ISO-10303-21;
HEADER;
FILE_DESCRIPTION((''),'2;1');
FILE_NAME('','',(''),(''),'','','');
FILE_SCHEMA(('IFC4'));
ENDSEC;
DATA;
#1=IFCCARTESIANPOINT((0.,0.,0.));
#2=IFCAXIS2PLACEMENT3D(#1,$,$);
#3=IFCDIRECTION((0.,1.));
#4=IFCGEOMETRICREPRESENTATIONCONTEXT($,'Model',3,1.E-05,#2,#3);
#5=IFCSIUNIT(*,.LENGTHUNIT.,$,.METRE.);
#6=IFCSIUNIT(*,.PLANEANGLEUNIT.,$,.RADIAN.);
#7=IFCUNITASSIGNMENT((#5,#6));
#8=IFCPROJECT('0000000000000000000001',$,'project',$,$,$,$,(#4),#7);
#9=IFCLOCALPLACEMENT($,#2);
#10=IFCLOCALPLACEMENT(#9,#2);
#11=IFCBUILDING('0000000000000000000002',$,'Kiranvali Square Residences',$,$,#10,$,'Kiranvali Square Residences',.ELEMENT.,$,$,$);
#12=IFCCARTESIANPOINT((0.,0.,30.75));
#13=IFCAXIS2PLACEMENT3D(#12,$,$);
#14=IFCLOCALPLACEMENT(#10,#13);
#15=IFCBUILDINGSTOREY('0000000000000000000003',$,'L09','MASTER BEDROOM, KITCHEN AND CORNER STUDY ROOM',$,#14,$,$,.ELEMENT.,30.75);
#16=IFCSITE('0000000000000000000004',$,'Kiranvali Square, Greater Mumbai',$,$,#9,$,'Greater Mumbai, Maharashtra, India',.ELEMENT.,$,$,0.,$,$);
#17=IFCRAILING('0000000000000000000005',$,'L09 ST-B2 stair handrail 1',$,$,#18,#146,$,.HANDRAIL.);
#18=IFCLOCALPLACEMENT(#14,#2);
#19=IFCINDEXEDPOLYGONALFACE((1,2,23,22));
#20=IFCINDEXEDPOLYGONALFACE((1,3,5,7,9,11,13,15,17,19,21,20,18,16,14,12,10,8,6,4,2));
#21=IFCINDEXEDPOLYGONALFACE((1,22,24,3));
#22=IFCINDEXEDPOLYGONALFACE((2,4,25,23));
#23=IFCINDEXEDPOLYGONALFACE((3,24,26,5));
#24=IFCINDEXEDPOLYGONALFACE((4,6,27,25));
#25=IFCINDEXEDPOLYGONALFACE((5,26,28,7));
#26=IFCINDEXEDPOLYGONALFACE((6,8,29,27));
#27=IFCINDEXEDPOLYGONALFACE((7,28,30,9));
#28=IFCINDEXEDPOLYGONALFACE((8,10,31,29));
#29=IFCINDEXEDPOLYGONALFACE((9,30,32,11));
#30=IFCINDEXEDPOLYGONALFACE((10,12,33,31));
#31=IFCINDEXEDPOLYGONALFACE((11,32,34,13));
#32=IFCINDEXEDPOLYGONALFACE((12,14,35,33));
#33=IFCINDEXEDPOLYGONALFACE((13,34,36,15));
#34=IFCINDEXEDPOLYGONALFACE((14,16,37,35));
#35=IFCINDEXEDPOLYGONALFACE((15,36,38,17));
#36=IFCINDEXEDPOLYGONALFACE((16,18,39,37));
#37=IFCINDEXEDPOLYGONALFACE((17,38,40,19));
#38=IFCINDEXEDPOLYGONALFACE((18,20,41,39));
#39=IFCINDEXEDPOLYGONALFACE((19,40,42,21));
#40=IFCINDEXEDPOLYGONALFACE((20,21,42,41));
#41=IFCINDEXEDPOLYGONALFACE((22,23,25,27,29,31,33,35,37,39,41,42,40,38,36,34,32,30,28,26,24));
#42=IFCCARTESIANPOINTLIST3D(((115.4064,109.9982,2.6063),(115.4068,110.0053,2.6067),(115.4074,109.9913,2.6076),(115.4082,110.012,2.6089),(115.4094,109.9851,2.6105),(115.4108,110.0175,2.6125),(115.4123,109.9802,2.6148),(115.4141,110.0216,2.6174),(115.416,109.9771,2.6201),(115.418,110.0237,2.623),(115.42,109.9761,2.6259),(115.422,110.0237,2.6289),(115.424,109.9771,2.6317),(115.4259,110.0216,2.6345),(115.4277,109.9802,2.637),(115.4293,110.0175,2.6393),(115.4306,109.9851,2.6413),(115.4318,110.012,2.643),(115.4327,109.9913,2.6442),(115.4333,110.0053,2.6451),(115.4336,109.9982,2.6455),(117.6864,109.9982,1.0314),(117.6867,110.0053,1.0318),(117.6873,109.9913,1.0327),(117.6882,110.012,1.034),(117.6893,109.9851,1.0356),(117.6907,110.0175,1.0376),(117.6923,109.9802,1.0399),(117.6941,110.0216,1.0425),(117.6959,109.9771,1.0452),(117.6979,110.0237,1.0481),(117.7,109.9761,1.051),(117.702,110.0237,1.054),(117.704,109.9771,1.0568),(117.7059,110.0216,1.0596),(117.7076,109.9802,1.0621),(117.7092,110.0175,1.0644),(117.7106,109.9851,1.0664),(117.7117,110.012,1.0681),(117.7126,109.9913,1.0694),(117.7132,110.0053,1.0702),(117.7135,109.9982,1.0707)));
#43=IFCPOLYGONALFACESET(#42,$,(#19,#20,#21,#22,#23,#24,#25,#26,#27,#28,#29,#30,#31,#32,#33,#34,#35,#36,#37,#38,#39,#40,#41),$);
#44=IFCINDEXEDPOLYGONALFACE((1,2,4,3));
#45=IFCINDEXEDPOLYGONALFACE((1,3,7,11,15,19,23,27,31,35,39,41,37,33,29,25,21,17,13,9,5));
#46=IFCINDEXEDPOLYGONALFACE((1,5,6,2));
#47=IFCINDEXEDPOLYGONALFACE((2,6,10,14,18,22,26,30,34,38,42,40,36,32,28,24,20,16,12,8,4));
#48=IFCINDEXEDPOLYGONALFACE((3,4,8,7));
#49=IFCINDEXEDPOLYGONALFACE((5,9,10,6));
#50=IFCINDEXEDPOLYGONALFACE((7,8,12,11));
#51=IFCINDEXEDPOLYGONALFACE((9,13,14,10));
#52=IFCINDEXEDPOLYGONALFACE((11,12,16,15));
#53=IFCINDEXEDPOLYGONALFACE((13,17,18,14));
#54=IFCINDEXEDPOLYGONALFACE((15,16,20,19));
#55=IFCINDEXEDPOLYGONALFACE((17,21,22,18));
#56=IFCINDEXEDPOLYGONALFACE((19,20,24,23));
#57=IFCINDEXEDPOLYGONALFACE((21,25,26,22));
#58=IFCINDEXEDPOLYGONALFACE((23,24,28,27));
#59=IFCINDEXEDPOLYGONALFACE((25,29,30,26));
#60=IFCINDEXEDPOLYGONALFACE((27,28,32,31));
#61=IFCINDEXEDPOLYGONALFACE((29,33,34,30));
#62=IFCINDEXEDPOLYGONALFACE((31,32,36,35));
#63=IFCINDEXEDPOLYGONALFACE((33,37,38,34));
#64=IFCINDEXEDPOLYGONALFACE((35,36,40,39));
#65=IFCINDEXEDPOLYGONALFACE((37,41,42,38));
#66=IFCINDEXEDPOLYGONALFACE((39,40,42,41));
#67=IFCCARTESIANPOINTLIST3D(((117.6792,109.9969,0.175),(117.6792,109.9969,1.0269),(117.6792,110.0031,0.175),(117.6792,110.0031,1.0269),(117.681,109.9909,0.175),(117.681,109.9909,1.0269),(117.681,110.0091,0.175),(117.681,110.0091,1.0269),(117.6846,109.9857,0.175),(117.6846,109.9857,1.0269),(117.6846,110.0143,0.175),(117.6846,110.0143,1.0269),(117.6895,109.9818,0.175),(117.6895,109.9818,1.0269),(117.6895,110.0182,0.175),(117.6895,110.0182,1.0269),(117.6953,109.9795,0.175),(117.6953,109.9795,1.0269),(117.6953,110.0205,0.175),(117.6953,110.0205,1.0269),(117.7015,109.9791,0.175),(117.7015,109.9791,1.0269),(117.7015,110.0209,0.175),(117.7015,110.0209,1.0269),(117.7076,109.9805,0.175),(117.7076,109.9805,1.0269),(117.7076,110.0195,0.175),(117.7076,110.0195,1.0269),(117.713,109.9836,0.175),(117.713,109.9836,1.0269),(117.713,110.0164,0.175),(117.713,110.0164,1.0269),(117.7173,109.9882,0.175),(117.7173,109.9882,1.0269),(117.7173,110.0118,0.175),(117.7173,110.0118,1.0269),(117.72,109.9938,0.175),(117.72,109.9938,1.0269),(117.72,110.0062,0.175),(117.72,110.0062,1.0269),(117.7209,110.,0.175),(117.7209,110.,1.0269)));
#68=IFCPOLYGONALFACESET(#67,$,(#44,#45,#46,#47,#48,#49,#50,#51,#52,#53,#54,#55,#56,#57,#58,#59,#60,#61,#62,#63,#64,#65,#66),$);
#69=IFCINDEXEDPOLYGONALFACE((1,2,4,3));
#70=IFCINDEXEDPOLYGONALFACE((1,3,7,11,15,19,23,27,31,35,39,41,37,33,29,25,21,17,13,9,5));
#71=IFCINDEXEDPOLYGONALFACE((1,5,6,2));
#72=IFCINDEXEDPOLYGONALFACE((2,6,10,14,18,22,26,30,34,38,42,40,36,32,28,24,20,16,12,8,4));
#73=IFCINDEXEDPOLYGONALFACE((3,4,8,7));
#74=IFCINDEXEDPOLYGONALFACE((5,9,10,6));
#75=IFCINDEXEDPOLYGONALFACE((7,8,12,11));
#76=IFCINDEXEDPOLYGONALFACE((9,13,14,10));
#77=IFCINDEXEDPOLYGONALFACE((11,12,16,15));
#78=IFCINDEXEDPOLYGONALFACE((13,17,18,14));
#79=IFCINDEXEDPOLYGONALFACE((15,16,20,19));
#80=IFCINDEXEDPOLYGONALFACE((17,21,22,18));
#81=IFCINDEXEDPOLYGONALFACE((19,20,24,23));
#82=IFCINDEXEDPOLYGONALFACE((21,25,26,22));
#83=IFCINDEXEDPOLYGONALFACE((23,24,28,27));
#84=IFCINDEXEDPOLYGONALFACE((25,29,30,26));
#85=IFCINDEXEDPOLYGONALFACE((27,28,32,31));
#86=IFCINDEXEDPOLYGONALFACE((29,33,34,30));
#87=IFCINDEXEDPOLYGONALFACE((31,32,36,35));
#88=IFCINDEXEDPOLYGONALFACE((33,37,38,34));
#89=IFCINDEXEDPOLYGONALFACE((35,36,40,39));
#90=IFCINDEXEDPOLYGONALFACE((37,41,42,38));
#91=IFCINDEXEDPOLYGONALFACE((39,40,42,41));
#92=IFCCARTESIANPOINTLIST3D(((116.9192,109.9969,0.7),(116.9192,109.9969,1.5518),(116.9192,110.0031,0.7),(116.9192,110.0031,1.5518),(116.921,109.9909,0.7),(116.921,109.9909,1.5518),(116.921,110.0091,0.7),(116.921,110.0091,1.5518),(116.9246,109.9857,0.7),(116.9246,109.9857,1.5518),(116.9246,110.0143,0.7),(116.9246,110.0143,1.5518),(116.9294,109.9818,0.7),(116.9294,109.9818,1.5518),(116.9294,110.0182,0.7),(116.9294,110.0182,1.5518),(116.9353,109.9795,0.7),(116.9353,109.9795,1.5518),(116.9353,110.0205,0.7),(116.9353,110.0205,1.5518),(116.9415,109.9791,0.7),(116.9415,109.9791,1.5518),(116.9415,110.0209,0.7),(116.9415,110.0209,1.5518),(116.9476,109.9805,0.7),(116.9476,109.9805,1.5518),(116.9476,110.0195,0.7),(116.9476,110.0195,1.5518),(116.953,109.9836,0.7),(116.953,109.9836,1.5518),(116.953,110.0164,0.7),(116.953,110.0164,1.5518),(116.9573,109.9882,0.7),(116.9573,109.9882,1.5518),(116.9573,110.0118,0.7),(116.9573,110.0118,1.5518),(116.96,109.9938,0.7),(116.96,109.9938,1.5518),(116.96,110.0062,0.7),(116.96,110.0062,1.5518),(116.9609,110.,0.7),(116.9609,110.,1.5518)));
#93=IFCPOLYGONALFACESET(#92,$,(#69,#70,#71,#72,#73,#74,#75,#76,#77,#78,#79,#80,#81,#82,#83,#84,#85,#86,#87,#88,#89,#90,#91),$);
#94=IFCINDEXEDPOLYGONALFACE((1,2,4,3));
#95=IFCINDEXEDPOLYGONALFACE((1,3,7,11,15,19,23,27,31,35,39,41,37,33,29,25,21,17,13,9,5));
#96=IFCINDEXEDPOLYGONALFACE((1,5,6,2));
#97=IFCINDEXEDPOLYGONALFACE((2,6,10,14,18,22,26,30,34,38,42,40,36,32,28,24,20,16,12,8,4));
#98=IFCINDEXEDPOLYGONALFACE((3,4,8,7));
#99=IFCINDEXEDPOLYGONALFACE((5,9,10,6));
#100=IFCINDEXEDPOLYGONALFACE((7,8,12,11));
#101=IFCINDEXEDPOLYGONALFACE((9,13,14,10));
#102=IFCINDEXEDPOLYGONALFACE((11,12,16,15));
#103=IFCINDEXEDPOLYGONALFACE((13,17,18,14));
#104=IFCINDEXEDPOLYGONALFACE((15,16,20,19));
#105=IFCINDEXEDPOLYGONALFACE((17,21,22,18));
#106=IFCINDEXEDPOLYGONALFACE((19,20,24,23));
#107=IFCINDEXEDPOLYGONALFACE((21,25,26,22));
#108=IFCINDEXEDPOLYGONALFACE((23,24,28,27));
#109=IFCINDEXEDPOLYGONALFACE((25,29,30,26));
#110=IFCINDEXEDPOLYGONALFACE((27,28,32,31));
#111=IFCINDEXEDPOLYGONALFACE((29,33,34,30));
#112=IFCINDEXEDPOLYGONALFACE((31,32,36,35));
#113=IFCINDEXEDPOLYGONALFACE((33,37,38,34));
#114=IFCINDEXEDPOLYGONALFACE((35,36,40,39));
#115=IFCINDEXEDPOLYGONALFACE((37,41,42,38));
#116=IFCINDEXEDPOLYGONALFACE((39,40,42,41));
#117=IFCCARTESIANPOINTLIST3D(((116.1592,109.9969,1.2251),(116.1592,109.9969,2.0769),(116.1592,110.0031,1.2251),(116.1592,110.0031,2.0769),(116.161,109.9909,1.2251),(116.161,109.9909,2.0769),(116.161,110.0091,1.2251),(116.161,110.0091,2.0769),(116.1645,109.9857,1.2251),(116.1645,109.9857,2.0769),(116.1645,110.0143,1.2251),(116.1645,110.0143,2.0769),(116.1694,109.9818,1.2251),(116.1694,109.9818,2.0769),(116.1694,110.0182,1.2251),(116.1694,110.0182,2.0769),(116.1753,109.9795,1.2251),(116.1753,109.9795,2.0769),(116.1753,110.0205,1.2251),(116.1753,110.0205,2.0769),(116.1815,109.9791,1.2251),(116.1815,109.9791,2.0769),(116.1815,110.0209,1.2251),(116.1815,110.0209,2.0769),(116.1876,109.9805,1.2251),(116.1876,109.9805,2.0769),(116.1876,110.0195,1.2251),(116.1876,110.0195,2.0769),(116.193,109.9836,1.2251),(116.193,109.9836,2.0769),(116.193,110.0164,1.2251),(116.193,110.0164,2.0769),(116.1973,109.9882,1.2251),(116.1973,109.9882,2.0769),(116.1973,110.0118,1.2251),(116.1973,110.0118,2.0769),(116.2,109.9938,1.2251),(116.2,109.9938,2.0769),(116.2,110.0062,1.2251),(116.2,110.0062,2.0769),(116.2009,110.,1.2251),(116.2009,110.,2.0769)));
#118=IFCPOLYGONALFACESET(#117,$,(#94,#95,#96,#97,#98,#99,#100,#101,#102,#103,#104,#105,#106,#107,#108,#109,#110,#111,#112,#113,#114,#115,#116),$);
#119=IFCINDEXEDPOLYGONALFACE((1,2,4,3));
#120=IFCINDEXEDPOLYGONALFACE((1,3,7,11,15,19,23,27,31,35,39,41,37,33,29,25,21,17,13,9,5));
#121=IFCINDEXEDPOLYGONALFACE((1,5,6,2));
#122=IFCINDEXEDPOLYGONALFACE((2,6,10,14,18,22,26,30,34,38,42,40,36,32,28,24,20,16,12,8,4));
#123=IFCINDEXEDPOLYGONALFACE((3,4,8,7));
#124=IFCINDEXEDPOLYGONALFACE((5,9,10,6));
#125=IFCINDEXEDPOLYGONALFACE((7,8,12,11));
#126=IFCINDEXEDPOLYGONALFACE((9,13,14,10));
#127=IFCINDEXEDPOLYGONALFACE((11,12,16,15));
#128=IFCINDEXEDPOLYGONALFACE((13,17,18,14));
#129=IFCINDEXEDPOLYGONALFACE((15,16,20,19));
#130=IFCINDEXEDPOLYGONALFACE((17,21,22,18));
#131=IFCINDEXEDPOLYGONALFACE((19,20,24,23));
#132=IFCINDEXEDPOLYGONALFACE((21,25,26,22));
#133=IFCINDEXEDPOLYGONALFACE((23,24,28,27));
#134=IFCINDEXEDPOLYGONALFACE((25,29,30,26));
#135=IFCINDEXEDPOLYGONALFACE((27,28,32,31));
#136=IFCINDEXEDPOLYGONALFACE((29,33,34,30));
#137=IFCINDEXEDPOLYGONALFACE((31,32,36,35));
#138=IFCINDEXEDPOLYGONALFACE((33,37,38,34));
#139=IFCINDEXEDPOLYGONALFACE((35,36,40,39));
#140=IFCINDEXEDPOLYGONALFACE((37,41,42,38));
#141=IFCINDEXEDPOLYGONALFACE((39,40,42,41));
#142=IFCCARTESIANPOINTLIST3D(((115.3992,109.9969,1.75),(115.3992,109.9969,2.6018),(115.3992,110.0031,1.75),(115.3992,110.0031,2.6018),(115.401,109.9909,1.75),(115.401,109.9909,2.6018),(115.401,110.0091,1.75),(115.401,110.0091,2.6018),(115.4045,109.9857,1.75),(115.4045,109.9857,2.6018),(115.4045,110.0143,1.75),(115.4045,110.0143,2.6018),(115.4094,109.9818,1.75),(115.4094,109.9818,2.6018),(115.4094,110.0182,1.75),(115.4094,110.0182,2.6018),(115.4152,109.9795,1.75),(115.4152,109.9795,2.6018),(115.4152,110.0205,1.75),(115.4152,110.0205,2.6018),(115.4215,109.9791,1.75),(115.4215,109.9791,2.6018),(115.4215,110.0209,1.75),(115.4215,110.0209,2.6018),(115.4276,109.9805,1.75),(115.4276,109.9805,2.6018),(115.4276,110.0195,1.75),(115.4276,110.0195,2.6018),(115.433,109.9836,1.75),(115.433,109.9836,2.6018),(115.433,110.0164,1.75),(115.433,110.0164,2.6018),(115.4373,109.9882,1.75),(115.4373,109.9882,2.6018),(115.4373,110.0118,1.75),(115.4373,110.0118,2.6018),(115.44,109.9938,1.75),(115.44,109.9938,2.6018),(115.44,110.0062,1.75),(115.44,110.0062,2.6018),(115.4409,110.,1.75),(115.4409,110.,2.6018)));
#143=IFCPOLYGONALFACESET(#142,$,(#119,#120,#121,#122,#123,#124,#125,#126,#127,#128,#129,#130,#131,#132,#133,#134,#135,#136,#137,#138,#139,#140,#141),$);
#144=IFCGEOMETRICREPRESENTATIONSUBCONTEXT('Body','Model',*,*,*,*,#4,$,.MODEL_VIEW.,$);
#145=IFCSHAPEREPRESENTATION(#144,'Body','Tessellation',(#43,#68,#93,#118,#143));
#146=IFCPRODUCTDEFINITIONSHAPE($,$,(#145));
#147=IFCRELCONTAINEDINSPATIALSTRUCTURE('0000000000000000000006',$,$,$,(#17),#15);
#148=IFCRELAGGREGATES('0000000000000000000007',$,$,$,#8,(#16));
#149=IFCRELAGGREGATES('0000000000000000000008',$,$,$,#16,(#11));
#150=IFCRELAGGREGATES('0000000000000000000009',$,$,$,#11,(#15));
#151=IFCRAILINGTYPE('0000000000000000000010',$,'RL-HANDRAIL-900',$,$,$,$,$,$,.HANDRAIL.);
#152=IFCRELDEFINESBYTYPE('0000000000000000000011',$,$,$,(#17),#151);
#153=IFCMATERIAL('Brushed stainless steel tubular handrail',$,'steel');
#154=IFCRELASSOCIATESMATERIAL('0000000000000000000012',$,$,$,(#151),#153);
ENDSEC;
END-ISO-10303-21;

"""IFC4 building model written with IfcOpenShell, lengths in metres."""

from ifc_helpers import new_model, si_unit, direction, frame, origin, origin_2d, place, context, subcontext, project, spatial, circle, extrude, material, type_object, element, save


model = new_model("IFC4")

# Units and contexts
model_context = context("Model", 3, precision=1e-05, world=origin(), true_north=direction((0.0, 1.0)))
body_context = subcontext(model_context, "Body", "Model", "MODEL_VIEW")
ifc_project = project(units=[si_unit("LENGTHUNIT", "METRE"), si_unit("PLANEANGLEUNIT", "RADIAN")], contexts=[model_context])

# Site, building, storey
site_placement = place(None, origin())
site = spatial("IfcSite", under=ifc_project, at=site_placement, Name="Kiranvali Square, Greater Mumbai", LongName="Greater Mumbai, Maharashtra, India", CompositionType="ELEMENT", RefElevation=0.0)
building_placement = place(site_placement, origin())
building = spatial("IfcBuilding", under=site, at=building_placement, Name="Kiranvali Square Residences", LongName="Kiranvali Square Residences", CompositionType="ELEMENT")
storey_placement = place(building_placement, frame((0.0, 0.0, 30.75)))
storey = spatial("IfcBuildingStorey", under=building, at=storey_placement, Name="L09", Description="MASTER BEDROOM, KITCHEN AND CORNER STUDY ROOM", CompositionType="ELEMENT", Elevation=30.75)

# Railing
ifc_material_1 = material(Name="Brushed stainless steel tubular handrail", Category="steel")
railing_type_1 = type_object("IfcRailingType", Name="RL-HANDRAIL-900", PredefinedType="HANDRAIL", material=ifc_material_1)
railing_1_placement = place(storey_placement, frame((117.7, 110.0, 0.175)))
element("IfcRailing", 1, at=railing_1_placement, inside=storey, type_object=railing_type_1, Name="L09 ST-B2 stair handrail 1", PredefinedType="HANDRAIL", context=body_context, shape_type="SweptSolid", body=[
    extrude(circle(Radius=0.0239, at=origin_2d()), frame((0.0, 0.0, 0.876), z_axis=(-0.822788, 0.0, 0.568348), x_axis=(0.0, -1.0, 0.0)), (0.0, 0.0, 1.0), 2.771),
    extrude(circle(Radius=0.021, at=origin_2d()), origin(), (0.0, 0.0, 1.0), 0.8518),
    extrude(circle(Radius=0.021, at=origin_2d()), frame((-0.76, 0.0, 0.5249)), (0.0, 0.0, 1.0), 0.8518),
    extrude(circle(Radius=0.021, at=origin_2d()), frame((-1.52, 0.0, 1.05)), (0.0, 0.0, 1.0), 0.8518),
    extrude(circle(Radius=0.021, at=origin_2d()), frame((-2.28, 0.0, 1.575)), (0.0, 0.0, 1.0), 0.8518),
])

save(model, "model.ifc")
